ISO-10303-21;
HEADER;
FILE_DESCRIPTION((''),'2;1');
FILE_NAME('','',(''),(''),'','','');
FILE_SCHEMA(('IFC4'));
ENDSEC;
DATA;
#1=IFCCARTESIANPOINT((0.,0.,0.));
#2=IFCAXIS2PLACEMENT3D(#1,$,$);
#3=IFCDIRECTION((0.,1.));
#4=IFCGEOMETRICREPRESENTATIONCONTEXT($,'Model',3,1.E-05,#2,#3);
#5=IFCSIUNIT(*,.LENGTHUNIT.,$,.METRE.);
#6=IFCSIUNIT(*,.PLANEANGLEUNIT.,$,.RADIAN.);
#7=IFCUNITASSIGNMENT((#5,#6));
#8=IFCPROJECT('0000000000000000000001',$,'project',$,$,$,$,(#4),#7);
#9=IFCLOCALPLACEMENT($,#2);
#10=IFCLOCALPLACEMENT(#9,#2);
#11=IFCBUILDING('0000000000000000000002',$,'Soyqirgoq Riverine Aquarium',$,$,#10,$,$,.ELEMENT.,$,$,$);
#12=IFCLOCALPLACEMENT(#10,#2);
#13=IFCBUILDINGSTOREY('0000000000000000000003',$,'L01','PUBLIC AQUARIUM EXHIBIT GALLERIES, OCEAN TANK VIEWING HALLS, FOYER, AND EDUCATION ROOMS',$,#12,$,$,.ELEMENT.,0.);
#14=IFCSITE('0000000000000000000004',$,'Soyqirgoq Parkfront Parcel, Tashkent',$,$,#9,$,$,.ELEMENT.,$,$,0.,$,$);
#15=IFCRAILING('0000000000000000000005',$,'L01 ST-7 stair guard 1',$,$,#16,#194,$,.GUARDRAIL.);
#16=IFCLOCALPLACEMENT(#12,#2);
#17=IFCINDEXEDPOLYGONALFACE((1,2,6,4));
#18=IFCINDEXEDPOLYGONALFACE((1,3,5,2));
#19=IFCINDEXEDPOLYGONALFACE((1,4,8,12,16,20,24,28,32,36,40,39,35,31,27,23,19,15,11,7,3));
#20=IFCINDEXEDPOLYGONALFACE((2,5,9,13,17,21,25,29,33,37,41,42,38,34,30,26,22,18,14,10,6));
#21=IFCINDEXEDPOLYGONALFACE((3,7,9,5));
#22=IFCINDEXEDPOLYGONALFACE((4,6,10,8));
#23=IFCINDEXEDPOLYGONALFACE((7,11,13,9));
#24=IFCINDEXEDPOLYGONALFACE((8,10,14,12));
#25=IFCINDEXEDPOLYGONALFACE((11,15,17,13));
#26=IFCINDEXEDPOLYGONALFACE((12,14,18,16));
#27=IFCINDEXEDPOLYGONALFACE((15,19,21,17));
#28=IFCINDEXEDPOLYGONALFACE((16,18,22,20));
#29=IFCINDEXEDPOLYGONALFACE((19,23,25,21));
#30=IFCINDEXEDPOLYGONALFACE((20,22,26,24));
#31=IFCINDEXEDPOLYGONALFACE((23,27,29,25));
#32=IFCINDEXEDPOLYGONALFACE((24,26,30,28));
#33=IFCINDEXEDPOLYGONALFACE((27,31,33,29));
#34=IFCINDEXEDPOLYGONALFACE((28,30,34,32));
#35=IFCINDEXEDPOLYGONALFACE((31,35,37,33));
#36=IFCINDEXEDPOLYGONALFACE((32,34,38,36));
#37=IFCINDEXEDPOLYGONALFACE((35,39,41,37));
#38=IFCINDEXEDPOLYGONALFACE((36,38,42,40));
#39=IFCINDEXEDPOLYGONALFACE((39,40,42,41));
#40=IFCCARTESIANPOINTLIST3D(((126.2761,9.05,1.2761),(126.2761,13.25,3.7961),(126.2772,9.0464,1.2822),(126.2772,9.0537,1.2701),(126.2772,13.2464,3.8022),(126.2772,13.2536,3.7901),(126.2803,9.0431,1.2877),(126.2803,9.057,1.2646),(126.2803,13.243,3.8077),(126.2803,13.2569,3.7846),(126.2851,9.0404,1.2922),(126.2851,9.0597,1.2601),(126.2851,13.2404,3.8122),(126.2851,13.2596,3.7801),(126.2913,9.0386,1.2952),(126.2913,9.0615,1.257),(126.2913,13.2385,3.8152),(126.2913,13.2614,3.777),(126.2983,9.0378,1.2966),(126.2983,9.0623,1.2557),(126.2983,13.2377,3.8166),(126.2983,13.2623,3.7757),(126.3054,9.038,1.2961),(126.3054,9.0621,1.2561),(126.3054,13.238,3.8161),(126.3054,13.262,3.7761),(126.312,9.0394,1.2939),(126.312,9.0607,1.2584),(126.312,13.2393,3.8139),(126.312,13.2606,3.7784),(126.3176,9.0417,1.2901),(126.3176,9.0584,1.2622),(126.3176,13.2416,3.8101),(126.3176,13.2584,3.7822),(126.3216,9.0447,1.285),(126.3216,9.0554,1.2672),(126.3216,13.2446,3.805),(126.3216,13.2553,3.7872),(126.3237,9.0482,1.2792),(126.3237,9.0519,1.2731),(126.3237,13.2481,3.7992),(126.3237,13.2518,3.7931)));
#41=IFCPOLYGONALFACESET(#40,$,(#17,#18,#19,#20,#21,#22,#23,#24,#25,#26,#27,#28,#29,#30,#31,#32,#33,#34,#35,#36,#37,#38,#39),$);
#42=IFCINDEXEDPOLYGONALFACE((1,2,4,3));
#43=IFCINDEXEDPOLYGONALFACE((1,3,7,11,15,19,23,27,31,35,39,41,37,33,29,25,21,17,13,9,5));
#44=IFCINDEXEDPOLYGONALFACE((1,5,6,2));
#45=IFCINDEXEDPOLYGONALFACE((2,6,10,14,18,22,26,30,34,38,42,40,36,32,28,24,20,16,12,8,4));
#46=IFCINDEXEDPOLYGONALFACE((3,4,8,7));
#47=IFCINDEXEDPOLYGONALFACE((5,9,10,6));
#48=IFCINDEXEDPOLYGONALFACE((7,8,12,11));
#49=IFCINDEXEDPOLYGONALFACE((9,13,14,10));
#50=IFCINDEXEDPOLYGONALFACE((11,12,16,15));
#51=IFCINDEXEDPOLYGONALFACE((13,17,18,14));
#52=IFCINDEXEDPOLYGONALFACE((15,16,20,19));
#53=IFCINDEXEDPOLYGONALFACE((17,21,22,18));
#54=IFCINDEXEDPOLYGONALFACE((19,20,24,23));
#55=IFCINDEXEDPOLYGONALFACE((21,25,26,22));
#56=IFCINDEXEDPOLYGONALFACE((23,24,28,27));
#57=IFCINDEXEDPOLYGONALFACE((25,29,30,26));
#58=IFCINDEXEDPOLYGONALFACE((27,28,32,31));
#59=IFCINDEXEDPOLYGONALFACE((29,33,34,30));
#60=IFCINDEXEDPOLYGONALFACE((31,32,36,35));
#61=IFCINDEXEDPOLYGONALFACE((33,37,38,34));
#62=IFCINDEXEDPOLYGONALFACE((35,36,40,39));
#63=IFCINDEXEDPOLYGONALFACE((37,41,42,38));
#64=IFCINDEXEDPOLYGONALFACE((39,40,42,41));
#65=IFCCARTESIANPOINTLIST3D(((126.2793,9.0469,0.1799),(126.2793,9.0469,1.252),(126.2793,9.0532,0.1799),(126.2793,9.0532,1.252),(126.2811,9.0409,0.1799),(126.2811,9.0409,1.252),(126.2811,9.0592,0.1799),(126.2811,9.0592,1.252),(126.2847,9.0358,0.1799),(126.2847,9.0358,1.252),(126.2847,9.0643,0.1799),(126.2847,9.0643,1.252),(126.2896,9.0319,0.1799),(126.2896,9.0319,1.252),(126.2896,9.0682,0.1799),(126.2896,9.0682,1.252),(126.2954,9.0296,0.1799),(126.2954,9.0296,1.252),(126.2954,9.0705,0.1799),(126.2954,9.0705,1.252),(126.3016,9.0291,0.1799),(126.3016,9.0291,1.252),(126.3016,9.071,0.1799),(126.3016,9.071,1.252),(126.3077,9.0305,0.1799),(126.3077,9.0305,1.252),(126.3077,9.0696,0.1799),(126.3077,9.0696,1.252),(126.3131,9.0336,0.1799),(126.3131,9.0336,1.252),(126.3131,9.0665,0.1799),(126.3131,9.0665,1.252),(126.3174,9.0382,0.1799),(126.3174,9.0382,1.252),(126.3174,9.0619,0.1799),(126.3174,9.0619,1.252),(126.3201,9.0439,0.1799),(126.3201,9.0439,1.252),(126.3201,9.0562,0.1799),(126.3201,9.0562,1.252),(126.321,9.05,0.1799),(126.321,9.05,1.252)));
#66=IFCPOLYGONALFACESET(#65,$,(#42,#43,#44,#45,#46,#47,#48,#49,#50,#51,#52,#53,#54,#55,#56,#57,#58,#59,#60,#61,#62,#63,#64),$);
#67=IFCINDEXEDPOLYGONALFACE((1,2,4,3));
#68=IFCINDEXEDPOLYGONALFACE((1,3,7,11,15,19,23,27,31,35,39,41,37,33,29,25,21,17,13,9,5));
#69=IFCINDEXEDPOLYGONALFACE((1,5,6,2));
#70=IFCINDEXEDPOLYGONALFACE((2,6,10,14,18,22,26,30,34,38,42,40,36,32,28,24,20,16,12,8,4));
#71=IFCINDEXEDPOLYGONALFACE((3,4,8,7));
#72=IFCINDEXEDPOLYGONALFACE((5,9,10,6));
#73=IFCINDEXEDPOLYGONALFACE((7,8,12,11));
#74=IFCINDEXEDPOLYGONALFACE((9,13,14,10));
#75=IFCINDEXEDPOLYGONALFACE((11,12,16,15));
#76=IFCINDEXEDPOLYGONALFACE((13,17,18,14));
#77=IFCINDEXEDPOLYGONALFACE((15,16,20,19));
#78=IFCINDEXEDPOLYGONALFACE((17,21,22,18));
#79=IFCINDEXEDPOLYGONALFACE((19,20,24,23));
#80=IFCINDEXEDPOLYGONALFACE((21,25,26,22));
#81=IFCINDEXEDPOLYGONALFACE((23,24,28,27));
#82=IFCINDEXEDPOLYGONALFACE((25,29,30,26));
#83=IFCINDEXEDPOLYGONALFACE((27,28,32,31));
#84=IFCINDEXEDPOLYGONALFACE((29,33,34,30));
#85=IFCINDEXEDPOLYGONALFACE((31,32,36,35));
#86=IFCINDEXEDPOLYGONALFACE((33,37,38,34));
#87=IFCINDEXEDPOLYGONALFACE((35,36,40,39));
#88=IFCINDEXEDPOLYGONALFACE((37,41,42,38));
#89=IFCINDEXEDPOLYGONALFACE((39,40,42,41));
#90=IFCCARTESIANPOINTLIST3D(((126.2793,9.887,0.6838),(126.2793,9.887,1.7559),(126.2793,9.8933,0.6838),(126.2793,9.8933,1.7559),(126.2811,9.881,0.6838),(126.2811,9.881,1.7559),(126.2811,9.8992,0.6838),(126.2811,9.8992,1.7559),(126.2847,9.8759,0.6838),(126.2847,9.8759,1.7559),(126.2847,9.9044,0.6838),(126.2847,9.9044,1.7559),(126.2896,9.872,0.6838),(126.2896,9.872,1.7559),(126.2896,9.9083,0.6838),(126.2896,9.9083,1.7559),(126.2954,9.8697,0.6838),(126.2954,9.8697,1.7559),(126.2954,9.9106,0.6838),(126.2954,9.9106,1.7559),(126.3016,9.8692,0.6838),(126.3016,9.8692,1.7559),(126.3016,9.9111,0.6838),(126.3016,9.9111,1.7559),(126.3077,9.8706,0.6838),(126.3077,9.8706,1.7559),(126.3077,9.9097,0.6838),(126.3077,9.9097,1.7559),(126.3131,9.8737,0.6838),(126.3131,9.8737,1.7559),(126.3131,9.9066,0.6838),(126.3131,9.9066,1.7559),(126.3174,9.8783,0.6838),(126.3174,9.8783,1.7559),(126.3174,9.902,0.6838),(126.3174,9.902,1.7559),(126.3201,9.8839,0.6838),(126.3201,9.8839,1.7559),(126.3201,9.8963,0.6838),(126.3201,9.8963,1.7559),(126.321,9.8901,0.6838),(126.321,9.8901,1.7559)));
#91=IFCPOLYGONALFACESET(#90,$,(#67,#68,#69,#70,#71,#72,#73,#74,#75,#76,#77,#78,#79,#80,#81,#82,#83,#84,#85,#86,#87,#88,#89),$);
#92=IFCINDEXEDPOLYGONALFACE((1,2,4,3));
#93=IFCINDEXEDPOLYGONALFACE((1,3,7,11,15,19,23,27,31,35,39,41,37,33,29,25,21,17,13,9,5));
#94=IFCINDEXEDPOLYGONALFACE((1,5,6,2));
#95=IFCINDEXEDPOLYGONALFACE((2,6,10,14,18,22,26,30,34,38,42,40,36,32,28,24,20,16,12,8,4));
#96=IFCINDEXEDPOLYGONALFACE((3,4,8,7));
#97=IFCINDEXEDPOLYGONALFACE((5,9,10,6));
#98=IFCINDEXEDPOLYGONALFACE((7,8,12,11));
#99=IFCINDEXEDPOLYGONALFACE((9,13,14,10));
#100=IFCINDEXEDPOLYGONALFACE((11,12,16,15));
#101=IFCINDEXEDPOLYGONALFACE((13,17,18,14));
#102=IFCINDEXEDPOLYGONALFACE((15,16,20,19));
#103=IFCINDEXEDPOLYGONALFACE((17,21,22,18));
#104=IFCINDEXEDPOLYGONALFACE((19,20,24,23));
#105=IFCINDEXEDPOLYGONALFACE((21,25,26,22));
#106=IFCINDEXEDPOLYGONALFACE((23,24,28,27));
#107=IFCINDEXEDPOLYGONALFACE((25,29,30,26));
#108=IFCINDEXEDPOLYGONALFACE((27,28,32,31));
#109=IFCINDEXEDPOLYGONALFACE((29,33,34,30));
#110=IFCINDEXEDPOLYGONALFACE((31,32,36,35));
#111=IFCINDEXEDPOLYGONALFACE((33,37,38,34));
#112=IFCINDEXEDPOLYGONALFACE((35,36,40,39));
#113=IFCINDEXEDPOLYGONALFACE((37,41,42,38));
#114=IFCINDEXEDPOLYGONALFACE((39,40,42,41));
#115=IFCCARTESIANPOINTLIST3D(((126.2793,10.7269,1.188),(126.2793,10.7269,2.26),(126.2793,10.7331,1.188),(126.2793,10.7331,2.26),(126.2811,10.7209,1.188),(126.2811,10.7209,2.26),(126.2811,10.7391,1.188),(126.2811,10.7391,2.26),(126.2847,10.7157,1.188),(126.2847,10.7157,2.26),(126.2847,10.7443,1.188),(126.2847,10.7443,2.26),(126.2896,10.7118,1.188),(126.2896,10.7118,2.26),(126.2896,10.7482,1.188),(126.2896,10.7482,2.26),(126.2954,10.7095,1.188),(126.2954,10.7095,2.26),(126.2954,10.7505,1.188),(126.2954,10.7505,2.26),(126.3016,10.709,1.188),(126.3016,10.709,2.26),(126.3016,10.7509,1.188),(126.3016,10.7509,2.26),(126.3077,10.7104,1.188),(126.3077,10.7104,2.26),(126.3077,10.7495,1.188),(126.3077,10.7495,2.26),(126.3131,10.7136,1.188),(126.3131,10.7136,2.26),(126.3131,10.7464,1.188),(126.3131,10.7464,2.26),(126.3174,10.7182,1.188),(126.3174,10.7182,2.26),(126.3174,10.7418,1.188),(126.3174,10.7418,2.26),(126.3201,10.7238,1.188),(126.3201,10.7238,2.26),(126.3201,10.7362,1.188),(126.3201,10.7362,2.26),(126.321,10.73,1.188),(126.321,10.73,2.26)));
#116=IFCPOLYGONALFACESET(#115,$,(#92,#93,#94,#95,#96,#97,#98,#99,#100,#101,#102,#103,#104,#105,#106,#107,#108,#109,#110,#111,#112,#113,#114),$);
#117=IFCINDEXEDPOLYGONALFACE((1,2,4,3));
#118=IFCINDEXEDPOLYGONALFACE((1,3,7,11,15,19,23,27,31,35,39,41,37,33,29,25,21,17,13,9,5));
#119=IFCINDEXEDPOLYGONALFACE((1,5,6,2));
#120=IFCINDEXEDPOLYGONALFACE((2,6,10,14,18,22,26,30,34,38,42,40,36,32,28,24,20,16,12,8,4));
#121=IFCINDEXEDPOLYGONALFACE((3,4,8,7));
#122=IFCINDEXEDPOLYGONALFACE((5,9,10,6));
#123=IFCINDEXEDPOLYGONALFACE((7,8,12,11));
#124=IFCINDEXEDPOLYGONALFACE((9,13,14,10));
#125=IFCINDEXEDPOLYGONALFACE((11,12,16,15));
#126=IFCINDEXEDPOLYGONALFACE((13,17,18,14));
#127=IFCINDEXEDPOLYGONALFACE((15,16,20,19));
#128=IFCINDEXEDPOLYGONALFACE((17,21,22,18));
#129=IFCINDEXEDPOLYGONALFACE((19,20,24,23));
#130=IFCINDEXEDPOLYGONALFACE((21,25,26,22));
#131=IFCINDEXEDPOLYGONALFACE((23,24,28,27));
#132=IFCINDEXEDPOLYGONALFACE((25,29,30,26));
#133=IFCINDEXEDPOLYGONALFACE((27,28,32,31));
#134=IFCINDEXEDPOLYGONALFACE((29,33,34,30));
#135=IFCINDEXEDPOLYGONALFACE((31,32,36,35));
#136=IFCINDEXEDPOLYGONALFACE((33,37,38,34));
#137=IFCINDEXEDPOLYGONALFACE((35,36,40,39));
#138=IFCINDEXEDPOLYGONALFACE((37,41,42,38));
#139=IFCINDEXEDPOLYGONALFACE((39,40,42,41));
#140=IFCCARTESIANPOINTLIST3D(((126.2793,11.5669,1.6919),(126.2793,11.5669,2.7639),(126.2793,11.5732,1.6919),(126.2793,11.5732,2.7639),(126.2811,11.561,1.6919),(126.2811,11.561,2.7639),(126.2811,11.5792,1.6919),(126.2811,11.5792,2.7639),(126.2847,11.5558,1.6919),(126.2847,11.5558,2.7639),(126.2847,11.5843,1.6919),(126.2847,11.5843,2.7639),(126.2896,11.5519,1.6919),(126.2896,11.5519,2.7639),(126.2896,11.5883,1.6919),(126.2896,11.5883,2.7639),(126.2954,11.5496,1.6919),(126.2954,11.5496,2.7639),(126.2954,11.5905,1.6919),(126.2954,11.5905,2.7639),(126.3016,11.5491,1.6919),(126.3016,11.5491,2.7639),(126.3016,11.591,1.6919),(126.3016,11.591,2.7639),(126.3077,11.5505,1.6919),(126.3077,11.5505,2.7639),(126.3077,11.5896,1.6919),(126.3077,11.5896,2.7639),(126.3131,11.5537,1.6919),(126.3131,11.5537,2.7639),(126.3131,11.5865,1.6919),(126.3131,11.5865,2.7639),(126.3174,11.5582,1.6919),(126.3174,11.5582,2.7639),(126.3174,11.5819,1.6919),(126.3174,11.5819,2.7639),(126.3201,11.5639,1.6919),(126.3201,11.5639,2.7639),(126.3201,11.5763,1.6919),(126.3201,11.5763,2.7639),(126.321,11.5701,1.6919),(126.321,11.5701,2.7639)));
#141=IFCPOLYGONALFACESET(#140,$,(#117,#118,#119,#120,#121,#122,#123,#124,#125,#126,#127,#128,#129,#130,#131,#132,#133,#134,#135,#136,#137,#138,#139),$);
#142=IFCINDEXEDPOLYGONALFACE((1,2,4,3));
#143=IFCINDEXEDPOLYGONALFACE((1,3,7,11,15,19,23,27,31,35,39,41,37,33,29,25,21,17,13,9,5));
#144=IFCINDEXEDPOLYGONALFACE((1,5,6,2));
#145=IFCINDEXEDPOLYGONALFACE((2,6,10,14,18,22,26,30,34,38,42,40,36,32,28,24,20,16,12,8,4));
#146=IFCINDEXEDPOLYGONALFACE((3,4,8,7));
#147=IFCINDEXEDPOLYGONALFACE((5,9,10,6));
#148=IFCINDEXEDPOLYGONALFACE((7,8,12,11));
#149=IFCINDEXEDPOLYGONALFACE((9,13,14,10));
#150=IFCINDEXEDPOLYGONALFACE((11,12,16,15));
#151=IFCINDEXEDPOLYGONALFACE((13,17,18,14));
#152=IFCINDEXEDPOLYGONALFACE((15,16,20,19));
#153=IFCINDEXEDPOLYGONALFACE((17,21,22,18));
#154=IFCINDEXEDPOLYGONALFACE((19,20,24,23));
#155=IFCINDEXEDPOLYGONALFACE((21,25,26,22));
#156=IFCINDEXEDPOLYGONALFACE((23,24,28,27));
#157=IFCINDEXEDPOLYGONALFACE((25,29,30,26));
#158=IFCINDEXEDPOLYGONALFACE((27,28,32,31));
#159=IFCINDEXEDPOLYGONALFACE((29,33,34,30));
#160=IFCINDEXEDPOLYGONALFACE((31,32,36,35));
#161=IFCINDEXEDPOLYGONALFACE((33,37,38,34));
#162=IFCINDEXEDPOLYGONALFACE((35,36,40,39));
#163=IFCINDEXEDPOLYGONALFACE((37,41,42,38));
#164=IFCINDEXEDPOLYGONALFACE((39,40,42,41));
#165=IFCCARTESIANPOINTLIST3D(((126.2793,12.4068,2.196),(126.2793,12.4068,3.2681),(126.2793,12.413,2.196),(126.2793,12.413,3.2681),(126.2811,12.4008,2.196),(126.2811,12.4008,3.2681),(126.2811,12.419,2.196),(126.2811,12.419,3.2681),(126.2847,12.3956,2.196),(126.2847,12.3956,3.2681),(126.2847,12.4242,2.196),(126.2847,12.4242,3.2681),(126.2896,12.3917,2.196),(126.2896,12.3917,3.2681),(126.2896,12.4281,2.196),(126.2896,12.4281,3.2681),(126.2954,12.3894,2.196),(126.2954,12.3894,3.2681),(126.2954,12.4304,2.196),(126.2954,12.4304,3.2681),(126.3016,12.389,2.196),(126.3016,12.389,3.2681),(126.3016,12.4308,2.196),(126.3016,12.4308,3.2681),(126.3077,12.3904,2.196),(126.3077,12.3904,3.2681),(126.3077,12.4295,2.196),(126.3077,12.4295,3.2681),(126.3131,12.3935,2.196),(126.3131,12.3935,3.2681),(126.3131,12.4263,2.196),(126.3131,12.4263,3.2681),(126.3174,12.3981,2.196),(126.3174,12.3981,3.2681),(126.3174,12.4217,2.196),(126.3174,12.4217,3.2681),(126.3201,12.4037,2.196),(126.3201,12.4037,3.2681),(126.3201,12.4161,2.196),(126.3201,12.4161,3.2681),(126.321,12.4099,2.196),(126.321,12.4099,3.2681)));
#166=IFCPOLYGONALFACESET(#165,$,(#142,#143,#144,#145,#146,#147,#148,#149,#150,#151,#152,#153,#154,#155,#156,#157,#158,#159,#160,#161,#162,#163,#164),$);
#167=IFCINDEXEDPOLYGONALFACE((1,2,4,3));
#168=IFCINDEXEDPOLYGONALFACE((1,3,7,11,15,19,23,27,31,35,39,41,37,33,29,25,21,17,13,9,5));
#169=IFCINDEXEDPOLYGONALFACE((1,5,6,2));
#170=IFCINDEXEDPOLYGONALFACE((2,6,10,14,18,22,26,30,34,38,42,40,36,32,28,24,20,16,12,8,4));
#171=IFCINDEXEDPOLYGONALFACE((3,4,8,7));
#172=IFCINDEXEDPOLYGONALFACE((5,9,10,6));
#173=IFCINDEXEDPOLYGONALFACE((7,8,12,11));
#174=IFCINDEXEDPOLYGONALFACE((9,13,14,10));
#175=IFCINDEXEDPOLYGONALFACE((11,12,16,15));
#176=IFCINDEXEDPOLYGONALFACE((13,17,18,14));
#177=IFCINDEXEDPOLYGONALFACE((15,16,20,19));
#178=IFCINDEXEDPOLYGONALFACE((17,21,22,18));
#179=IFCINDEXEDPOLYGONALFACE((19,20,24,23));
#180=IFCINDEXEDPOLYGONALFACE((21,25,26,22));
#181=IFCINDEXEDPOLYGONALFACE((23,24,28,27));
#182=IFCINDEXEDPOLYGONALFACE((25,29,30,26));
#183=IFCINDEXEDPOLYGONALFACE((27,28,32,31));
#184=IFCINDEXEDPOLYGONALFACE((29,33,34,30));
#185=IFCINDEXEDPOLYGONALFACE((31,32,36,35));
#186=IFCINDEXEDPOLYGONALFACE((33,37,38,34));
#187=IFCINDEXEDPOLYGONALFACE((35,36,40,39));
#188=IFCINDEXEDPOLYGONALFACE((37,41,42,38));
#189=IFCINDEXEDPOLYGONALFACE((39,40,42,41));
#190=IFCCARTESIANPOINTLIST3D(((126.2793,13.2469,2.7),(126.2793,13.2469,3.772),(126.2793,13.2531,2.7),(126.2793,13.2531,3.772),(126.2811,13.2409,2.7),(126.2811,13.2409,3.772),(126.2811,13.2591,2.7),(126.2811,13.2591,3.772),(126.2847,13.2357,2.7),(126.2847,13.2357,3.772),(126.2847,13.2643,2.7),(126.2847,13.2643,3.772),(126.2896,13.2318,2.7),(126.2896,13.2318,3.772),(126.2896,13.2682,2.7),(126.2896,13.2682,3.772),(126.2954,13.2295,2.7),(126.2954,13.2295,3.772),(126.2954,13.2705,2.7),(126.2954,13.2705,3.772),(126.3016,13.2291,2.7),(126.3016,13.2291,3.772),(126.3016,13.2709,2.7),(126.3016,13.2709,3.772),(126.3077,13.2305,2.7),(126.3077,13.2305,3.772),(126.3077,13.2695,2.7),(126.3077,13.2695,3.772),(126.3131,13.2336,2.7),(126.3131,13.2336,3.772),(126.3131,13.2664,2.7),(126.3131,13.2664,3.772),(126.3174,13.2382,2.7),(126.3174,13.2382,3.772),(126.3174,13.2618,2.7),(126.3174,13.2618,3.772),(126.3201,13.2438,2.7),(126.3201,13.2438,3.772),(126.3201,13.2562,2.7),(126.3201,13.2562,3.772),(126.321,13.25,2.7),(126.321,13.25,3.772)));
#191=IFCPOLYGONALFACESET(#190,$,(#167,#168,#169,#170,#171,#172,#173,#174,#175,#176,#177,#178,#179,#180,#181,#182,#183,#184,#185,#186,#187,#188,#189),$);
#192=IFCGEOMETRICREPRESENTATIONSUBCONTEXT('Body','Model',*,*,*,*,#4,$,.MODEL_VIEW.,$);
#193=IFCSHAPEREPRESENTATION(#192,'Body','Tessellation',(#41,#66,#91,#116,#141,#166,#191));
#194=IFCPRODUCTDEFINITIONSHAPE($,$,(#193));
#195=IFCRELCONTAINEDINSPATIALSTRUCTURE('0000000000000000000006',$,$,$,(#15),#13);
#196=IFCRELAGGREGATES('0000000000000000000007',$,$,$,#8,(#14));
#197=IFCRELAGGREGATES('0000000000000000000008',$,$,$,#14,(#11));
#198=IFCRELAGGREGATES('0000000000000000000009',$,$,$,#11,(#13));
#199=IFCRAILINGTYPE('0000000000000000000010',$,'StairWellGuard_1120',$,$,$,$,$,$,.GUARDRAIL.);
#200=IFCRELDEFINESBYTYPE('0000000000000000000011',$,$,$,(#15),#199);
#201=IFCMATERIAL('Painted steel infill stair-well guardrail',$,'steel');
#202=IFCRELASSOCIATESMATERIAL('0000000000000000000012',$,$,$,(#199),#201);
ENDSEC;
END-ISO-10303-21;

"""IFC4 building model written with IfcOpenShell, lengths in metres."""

from ifc_helpers import new_model, si_unit, direction, frame, origin, origin_2d, place, context, subcontext, project, spatial, circle, extrude, material, type_object, element, save


model = new_model("IFC4")

# Units and contexts
model_context = context("Model", 3, precision=1e-05, world=origin(), true_north=direction((0.0, 1.0)))
body_context = subcontext(model_context, "Body", "Model", "MODEL_VIEW")
ifc_project = project(units=[si_unit("LENGTHUNIT", "METRE"), si_unit("PLANEANGLEUNIT", "RADIAN")], contexts=[model_context])

# Site, building, storey
site_placement = place(None, origin())
site = spatial("IfcSite", under=ifc_project, at=site_placement, Name="Soyqirgoq Parkfront Parcel, Tashkent", CompositionType="ELEMENT", RefElevation=0.0)
building_placement = place(site_placement, origin())
building = spatial("IfcBuilding", under=site, at=building_placement, Name="Soyqirgoq Riverine Aquarium", CompositionType="ELEMENT")
storey_placement = place(building_placement, origin())
storey = spatial("IfcBuildingStorey", under=building, at=storey_placement, Name="L01", Description="PUBLIC AQUARIUM EXHIBIT GALLERIES, OCEAN TANK VIEWING HALLS, FOYER, AND EDUCATION ROOMS", CompositionType="ELEMENT", Elevation=0.0)

# Railing
ifc_material_1 = material(Name="Painted steel infill stair-well guardrail", Category="steel")
railing_type_1 = type_object("IfcRailingType", Name="StairWellGuard_1120", PredefinedType="GUARDRAIL", material=ifc_material_1)
railing_1_placement = place(storey_placement, frame((126.3, 9.05, 0.1799)))
element("IfcRailing", 1, at=railing_1_placement, inside=storey, type_object=railing_type_1, Name="L01 ST-7 stair guard 1", PredefinedType="GUARDRAIL", context=body_context, shape_type="SweptSolid", body=[
    extrude(circle(Radius=0.0239, at=origin_2d()), frame((0.0, 0.0, 1.0962), z_axis=(0.0, 0.857489, 0.514503), x_axis=(-1.0, 0.0, 0.0)), (0.0, 0.0, 1.0), 4.8979),
    extrude(circle(Radius=0.021, at=origin_2d()), origin(), (0.0, 0.0, 1.0), 1.072),
    extrude(circle(Radius=0.021, at=origin_2d()), frame((0.0, 0.8401, 0.5039)), (0.0, 0.0, 1.0), 1.072),
    extrude(circle(Radius=0.021, at=origin_2d()), frame((0.0, 1.6799, 1.0081)), (0.0, 0.0, 1.0), 1.072),
    extrude(circle(Radius=0.021, at=origin_2d()), frame((0.0, 2.52, 1.512)), (0.0, 0.0, 1.0), 1.072),
    extrude(circle(Radius=0.021, at=origin_2d()), frame((0.0, 3.3599, 2.0161)), (0.0, 0.0, 1.0), 1.072),
    extrude(circle(Radius=0.021, at=origin_2d()), frame((0.0, 4.2, 2.52)), (0.0, 0.0, 1.0), 1.072),
])

save(model, "model.ifc")
